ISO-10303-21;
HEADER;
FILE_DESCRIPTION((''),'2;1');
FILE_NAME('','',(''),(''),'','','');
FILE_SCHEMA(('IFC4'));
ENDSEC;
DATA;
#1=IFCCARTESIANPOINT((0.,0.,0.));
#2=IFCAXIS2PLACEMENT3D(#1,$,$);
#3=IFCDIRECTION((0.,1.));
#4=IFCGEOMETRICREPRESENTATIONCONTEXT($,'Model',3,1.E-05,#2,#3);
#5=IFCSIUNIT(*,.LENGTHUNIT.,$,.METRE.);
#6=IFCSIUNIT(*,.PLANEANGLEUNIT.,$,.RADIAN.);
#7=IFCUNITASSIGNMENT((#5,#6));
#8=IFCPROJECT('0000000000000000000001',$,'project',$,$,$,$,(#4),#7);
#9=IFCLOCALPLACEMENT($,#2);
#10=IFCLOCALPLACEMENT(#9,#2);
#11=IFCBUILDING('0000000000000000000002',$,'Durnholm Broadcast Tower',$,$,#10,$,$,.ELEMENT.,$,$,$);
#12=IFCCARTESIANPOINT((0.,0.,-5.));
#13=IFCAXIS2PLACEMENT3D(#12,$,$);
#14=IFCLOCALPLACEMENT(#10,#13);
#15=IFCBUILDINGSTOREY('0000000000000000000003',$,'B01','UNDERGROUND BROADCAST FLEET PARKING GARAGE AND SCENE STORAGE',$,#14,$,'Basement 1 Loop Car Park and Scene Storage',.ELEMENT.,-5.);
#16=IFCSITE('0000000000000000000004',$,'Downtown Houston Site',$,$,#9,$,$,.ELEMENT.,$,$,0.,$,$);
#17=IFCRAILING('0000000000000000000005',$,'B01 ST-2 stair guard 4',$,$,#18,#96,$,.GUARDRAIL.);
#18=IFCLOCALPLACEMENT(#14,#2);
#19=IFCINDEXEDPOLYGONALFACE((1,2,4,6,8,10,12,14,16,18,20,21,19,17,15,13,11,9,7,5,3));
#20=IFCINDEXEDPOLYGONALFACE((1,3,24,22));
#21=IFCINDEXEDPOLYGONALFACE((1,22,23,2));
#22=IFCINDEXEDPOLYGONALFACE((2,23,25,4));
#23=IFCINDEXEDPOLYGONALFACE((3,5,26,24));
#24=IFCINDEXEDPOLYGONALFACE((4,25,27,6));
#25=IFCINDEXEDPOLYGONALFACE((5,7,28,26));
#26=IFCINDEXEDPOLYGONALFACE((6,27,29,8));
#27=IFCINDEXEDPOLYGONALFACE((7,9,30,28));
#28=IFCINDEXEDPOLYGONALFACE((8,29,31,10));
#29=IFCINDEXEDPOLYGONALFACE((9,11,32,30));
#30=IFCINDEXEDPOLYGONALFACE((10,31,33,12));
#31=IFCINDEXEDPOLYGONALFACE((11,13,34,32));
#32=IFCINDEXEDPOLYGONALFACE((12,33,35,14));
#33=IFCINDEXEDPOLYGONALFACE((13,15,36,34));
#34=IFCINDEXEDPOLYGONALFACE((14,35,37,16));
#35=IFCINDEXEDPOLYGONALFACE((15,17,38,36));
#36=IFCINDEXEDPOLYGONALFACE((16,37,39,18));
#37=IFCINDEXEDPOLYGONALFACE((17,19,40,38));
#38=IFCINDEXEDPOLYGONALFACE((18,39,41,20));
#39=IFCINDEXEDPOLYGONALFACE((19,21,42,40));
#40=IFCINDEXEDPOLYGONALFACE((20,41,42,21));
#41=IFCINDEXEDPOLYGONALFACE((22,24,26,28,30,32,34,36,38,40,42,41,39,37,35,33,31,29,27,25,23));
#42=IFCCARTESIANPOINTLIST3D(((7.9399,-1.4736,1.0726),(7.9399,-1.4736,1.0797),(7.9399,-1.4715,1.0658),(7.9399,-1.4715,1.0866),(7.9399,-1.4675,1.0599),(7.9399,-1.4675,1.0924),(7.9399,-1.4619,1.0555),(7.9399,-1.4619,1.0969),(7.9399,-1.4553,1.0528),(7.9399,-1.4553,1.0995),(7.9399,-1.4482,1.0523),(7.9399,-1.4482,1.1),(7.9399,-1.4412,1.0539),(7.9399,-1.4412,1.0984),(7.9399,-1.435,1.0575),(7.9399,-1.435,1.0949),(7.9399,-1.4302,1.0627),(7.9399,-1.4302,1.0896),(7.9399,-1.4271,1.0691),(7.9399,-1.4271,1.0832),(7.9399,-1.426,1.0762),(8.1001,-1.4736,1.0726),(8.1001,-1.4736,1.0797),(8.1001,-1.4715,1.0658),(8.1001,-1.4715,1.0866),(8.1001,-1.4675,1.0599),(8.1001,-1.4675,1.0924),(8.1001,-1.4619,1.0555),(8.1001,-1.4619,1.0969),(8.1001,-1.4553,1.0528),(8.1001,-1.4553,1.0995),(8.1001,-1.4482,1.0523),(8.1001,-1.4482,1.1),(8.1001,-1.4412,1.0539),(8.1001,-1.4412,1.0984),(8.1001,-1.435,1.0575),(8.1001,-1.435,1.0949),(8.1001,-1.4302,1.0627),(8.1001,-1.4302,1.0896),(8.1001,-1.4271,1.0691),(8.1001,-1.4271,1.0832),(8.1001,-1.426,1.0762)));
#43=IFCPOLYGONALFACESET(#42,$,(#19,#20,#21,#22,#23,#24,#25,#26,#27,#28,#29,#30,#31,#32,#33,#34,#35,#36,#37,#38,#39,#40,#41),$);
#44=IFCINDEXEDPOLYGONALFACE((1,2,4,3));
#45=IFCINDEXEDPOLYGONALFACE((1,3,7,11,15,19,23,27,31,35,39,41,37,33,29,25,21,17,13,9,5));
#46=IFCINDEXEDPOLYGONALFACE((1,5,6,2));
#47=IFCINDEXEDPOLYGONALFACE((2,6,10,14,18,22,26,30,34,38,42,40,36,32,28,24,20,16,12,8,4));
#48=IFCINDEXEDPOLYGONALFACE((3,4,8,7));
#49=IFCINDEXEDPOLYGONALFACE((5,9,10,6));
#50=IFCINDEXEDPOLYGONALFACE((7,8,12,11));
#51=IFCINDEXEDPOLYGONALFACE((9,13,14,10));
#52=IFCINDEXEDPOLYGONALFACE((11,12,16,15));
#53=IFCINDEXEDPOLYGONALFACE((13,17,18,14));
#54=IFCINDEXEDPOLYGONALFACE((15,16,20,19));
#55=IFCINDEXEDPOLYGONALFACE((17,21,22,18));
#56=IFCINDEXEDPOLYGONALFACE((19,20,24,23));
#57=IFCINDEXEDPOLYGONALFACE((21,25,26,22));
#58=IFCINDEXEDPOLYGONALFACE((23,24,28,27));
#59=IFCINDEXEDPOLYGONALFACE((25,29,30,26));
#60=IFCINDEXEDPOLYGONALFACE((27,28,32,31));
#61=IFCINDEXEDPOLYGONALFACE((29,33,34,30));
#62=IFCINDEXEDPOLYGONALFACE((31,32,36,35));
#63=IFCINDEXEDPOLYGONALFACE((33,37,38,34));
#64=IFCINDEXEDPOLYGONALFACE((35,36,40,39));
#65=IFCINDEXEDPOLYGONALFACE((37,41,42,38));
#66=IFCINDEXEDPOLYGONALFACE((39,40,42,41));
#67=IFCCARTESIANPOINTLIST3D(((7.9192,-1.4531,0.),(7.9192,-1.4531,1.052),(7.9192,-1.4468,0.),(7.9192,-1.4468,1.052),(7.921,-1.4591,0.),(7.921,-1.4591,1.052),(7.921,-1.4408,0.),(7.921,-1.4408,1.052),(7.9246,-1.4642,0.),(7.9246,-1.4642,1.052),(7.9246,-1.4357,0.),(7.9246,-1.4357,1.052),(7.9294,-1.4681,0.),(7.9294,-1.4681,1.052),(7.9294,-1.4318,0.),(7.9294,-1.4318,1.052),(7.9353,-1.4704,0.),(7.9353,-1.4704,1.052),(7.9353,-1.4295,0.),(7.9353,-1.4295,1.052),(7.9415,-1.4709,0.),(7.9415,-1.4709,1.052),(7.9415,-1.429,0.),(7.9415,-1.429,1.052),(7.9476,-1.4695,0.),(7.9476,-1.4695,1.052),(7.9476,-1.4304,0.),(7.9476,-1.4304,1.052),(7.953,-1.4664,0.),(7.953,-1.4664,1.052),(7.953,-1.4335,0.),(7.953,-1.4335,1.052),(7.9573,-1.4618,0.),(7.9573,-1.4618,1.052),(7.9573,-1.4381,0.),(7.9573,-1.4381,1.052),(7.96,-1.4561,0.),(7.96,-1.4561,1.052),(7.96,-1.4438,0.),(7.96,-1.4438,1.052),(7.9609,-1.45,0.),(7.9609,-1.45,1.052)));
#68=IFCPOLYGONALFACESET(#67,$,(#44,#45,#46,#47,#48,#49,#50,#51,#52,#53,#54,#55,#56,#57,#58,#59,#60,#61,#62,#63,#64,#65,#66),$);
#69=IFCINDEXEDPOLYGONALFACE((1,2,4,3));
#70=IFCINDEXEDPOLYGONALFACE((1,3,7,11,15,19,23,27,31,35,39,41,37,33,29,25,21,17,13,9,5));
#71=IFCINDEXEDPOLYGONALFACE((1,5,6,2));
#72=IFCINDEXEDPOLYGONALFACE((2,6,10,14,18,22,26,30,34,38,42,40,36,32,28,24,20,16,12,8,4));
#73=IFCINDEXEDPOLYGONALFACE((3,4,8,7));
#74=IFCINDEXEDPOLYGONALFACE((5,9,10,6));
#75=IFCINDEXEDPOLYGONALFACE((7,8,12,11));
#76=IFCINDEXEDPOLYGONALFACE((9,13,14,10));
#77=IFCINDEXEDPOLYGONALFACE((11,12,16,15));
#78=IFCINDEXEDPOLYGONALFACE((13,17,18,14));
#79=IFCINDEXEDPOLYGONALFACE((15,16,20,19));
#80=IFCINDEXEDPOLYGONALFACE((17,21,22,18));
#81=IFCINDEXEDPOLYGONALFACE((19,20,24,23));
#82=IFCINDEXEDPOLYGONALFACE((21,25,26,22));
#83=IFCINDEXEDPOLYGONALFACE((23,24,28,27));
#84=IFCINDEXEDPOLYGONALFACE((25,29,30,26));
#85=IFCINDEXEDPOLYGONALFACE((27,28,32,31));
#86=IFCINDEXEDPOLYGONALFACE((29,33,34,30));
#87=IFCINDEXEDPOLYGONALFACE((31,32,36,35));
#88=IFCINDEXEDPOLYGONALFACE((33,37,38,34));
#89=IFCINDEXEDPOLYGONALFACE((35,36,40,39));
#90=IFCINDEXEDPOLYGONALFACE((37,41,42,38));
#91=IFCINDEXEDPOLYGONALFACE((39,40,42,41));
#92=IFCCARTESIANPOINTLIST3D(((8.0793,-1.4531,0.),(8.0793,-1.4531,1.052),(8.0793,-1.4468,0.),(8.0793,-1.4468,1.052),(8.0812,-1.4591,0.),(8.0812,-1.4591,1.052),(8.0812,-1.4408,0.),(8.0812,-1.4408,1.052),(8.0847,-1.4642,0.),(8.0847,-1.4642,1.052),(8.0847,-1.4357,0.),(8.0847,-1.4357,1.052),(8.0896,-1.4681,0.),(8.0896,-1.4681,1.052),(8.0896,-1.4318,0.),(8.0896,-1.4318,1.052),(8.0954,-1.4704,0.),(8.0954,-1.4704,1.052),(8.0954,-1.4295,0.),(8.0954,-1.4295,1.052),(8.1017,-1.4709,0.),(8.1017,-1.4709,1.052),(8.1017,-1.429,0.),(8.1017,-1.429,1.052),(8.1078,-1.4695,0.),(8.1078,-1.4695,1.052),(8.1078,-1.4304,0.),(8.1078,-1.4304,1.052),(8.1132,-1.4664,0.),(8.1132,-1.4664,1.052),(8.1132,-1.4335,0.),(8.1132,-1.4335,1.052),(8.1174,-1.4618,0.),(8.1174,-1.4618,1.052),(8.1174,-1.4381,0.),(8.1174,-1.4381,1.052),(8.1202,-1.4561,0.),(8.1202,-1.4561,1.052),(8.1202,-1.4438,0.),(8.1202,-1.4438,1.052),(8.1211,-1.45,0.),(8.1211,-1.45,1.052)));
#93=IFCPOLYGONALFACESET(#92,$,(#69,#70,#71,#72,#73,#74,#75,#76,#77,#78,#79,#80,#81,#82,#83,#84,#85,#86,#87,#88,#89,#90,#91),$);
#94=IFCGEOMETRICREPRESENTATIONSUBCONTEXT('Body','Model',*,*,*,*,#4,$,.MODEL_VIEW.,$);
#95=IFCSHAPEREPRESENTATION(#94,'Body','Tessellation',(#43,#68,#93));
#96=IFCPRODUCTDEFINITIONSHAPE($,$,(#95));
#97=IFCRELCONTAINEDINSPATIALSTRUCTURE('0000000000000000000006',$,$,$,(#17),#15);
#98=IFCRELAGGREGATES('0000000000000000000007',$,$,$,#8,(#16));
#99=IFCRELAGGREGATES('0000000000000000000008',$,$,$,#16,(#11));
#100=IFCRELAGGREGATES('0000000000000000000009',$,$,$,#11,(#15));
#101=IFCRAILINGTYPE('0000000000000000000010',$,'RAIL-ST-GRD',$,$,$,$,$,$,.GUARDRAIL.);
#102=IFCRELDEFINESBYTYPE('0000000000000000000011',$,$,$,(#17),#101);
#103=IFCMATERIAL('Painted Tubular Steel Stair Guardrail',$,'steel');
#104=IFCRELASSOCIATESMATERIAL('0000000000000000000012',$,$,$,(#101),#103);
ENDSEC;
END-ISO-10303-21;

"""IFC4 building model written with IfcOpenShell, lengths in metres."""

from ifc_helpers import new_model, si_unit, direction, frame, origin, origin_2d, place, context, subcontext, project, spatial, circle, extrude, material, type_object, element, save


model = new_model("IFC4")

# Units and contexts
model_context = context("Model", 3, precision=1e-05, world=origin(), true_north=direction((0.0, 1.0)))
body_context = subcontext(model_context, "Body", "Model", "MODEL_VIEW")
ifc_project = project(units=[si_unit("LENGTHUNIT", "METRE"), si_unit("PLANEANGLEUNIT", "RADIAN")], contexts=[model_context])

# Site, building, storey
site_placement = place(None, origin())
site = spatial("IfcSite", under=ifc_project, at=site_placement, Name="Downtown Houston Site", CompositionType="ELEMENT", RefElevation=0.0)
building_placement = place(site_placement, origin())
building = spatial("IfcBuilding", under=site, at=building_placement, Name="Durnholm Broadcast Tower", CompositionType="ELEMENT")
storey_placement = place(building_placement, frame((0.0, 0.0, -5.0)))
storey = spatial("IfcBuildingStorey", under=building, at=storey_placement, Name="B01", Description="UNDERGROUND BROADCAST FLEET PARKING GARAGE AND SCENE STORAGE", LongName="Basement 1 Loop Car Park and Scene Storage", CompositionType="ELEMENT", Elevation=-5.0)

# Railing
ifc_material_1 = material(Name="Painted Tubular Steel Stair Guardrail", Category="steel")
railing_type_1 = type_object("IfcRailingType", Name="RAIL-ST-GRD", PredefinedType="GUARDRAIL", material=ifc_material_1)
railing_1_placement = place(storey_placement, frame((7.9399, -1.45, 0.0)))
element("IfcRailing", 1, at=railing_1_placement, inside=storey, type_object=railing_type_1, Name="B01 ST-2 stair guard 4", PredefinedType="GUARDRAIL", context=body_context, shape_type="SweptSolid", body=[
    extrude(circle(Radius=0.0239, at=origin_2d()), frame((0.0, 0.0, 1.0762), z_axis=(1.0, 0.0, 0.0), x_axis=(0.0, 1.0, 0.0)), (0.0, 0.0, 1.0), 0.1602),
    extrude(circle(Radius=0.021, at=origin_2d()), origin(), (0.0, 0.0, 1.0), 1.052),
    extrude(circle(Radius=0.021, at=origin_2d()), frame((0.1602, 0.0, 0.0)), (0.0, 0.0, 1.0), 1.052),
])

save(model, "model.ifc")
